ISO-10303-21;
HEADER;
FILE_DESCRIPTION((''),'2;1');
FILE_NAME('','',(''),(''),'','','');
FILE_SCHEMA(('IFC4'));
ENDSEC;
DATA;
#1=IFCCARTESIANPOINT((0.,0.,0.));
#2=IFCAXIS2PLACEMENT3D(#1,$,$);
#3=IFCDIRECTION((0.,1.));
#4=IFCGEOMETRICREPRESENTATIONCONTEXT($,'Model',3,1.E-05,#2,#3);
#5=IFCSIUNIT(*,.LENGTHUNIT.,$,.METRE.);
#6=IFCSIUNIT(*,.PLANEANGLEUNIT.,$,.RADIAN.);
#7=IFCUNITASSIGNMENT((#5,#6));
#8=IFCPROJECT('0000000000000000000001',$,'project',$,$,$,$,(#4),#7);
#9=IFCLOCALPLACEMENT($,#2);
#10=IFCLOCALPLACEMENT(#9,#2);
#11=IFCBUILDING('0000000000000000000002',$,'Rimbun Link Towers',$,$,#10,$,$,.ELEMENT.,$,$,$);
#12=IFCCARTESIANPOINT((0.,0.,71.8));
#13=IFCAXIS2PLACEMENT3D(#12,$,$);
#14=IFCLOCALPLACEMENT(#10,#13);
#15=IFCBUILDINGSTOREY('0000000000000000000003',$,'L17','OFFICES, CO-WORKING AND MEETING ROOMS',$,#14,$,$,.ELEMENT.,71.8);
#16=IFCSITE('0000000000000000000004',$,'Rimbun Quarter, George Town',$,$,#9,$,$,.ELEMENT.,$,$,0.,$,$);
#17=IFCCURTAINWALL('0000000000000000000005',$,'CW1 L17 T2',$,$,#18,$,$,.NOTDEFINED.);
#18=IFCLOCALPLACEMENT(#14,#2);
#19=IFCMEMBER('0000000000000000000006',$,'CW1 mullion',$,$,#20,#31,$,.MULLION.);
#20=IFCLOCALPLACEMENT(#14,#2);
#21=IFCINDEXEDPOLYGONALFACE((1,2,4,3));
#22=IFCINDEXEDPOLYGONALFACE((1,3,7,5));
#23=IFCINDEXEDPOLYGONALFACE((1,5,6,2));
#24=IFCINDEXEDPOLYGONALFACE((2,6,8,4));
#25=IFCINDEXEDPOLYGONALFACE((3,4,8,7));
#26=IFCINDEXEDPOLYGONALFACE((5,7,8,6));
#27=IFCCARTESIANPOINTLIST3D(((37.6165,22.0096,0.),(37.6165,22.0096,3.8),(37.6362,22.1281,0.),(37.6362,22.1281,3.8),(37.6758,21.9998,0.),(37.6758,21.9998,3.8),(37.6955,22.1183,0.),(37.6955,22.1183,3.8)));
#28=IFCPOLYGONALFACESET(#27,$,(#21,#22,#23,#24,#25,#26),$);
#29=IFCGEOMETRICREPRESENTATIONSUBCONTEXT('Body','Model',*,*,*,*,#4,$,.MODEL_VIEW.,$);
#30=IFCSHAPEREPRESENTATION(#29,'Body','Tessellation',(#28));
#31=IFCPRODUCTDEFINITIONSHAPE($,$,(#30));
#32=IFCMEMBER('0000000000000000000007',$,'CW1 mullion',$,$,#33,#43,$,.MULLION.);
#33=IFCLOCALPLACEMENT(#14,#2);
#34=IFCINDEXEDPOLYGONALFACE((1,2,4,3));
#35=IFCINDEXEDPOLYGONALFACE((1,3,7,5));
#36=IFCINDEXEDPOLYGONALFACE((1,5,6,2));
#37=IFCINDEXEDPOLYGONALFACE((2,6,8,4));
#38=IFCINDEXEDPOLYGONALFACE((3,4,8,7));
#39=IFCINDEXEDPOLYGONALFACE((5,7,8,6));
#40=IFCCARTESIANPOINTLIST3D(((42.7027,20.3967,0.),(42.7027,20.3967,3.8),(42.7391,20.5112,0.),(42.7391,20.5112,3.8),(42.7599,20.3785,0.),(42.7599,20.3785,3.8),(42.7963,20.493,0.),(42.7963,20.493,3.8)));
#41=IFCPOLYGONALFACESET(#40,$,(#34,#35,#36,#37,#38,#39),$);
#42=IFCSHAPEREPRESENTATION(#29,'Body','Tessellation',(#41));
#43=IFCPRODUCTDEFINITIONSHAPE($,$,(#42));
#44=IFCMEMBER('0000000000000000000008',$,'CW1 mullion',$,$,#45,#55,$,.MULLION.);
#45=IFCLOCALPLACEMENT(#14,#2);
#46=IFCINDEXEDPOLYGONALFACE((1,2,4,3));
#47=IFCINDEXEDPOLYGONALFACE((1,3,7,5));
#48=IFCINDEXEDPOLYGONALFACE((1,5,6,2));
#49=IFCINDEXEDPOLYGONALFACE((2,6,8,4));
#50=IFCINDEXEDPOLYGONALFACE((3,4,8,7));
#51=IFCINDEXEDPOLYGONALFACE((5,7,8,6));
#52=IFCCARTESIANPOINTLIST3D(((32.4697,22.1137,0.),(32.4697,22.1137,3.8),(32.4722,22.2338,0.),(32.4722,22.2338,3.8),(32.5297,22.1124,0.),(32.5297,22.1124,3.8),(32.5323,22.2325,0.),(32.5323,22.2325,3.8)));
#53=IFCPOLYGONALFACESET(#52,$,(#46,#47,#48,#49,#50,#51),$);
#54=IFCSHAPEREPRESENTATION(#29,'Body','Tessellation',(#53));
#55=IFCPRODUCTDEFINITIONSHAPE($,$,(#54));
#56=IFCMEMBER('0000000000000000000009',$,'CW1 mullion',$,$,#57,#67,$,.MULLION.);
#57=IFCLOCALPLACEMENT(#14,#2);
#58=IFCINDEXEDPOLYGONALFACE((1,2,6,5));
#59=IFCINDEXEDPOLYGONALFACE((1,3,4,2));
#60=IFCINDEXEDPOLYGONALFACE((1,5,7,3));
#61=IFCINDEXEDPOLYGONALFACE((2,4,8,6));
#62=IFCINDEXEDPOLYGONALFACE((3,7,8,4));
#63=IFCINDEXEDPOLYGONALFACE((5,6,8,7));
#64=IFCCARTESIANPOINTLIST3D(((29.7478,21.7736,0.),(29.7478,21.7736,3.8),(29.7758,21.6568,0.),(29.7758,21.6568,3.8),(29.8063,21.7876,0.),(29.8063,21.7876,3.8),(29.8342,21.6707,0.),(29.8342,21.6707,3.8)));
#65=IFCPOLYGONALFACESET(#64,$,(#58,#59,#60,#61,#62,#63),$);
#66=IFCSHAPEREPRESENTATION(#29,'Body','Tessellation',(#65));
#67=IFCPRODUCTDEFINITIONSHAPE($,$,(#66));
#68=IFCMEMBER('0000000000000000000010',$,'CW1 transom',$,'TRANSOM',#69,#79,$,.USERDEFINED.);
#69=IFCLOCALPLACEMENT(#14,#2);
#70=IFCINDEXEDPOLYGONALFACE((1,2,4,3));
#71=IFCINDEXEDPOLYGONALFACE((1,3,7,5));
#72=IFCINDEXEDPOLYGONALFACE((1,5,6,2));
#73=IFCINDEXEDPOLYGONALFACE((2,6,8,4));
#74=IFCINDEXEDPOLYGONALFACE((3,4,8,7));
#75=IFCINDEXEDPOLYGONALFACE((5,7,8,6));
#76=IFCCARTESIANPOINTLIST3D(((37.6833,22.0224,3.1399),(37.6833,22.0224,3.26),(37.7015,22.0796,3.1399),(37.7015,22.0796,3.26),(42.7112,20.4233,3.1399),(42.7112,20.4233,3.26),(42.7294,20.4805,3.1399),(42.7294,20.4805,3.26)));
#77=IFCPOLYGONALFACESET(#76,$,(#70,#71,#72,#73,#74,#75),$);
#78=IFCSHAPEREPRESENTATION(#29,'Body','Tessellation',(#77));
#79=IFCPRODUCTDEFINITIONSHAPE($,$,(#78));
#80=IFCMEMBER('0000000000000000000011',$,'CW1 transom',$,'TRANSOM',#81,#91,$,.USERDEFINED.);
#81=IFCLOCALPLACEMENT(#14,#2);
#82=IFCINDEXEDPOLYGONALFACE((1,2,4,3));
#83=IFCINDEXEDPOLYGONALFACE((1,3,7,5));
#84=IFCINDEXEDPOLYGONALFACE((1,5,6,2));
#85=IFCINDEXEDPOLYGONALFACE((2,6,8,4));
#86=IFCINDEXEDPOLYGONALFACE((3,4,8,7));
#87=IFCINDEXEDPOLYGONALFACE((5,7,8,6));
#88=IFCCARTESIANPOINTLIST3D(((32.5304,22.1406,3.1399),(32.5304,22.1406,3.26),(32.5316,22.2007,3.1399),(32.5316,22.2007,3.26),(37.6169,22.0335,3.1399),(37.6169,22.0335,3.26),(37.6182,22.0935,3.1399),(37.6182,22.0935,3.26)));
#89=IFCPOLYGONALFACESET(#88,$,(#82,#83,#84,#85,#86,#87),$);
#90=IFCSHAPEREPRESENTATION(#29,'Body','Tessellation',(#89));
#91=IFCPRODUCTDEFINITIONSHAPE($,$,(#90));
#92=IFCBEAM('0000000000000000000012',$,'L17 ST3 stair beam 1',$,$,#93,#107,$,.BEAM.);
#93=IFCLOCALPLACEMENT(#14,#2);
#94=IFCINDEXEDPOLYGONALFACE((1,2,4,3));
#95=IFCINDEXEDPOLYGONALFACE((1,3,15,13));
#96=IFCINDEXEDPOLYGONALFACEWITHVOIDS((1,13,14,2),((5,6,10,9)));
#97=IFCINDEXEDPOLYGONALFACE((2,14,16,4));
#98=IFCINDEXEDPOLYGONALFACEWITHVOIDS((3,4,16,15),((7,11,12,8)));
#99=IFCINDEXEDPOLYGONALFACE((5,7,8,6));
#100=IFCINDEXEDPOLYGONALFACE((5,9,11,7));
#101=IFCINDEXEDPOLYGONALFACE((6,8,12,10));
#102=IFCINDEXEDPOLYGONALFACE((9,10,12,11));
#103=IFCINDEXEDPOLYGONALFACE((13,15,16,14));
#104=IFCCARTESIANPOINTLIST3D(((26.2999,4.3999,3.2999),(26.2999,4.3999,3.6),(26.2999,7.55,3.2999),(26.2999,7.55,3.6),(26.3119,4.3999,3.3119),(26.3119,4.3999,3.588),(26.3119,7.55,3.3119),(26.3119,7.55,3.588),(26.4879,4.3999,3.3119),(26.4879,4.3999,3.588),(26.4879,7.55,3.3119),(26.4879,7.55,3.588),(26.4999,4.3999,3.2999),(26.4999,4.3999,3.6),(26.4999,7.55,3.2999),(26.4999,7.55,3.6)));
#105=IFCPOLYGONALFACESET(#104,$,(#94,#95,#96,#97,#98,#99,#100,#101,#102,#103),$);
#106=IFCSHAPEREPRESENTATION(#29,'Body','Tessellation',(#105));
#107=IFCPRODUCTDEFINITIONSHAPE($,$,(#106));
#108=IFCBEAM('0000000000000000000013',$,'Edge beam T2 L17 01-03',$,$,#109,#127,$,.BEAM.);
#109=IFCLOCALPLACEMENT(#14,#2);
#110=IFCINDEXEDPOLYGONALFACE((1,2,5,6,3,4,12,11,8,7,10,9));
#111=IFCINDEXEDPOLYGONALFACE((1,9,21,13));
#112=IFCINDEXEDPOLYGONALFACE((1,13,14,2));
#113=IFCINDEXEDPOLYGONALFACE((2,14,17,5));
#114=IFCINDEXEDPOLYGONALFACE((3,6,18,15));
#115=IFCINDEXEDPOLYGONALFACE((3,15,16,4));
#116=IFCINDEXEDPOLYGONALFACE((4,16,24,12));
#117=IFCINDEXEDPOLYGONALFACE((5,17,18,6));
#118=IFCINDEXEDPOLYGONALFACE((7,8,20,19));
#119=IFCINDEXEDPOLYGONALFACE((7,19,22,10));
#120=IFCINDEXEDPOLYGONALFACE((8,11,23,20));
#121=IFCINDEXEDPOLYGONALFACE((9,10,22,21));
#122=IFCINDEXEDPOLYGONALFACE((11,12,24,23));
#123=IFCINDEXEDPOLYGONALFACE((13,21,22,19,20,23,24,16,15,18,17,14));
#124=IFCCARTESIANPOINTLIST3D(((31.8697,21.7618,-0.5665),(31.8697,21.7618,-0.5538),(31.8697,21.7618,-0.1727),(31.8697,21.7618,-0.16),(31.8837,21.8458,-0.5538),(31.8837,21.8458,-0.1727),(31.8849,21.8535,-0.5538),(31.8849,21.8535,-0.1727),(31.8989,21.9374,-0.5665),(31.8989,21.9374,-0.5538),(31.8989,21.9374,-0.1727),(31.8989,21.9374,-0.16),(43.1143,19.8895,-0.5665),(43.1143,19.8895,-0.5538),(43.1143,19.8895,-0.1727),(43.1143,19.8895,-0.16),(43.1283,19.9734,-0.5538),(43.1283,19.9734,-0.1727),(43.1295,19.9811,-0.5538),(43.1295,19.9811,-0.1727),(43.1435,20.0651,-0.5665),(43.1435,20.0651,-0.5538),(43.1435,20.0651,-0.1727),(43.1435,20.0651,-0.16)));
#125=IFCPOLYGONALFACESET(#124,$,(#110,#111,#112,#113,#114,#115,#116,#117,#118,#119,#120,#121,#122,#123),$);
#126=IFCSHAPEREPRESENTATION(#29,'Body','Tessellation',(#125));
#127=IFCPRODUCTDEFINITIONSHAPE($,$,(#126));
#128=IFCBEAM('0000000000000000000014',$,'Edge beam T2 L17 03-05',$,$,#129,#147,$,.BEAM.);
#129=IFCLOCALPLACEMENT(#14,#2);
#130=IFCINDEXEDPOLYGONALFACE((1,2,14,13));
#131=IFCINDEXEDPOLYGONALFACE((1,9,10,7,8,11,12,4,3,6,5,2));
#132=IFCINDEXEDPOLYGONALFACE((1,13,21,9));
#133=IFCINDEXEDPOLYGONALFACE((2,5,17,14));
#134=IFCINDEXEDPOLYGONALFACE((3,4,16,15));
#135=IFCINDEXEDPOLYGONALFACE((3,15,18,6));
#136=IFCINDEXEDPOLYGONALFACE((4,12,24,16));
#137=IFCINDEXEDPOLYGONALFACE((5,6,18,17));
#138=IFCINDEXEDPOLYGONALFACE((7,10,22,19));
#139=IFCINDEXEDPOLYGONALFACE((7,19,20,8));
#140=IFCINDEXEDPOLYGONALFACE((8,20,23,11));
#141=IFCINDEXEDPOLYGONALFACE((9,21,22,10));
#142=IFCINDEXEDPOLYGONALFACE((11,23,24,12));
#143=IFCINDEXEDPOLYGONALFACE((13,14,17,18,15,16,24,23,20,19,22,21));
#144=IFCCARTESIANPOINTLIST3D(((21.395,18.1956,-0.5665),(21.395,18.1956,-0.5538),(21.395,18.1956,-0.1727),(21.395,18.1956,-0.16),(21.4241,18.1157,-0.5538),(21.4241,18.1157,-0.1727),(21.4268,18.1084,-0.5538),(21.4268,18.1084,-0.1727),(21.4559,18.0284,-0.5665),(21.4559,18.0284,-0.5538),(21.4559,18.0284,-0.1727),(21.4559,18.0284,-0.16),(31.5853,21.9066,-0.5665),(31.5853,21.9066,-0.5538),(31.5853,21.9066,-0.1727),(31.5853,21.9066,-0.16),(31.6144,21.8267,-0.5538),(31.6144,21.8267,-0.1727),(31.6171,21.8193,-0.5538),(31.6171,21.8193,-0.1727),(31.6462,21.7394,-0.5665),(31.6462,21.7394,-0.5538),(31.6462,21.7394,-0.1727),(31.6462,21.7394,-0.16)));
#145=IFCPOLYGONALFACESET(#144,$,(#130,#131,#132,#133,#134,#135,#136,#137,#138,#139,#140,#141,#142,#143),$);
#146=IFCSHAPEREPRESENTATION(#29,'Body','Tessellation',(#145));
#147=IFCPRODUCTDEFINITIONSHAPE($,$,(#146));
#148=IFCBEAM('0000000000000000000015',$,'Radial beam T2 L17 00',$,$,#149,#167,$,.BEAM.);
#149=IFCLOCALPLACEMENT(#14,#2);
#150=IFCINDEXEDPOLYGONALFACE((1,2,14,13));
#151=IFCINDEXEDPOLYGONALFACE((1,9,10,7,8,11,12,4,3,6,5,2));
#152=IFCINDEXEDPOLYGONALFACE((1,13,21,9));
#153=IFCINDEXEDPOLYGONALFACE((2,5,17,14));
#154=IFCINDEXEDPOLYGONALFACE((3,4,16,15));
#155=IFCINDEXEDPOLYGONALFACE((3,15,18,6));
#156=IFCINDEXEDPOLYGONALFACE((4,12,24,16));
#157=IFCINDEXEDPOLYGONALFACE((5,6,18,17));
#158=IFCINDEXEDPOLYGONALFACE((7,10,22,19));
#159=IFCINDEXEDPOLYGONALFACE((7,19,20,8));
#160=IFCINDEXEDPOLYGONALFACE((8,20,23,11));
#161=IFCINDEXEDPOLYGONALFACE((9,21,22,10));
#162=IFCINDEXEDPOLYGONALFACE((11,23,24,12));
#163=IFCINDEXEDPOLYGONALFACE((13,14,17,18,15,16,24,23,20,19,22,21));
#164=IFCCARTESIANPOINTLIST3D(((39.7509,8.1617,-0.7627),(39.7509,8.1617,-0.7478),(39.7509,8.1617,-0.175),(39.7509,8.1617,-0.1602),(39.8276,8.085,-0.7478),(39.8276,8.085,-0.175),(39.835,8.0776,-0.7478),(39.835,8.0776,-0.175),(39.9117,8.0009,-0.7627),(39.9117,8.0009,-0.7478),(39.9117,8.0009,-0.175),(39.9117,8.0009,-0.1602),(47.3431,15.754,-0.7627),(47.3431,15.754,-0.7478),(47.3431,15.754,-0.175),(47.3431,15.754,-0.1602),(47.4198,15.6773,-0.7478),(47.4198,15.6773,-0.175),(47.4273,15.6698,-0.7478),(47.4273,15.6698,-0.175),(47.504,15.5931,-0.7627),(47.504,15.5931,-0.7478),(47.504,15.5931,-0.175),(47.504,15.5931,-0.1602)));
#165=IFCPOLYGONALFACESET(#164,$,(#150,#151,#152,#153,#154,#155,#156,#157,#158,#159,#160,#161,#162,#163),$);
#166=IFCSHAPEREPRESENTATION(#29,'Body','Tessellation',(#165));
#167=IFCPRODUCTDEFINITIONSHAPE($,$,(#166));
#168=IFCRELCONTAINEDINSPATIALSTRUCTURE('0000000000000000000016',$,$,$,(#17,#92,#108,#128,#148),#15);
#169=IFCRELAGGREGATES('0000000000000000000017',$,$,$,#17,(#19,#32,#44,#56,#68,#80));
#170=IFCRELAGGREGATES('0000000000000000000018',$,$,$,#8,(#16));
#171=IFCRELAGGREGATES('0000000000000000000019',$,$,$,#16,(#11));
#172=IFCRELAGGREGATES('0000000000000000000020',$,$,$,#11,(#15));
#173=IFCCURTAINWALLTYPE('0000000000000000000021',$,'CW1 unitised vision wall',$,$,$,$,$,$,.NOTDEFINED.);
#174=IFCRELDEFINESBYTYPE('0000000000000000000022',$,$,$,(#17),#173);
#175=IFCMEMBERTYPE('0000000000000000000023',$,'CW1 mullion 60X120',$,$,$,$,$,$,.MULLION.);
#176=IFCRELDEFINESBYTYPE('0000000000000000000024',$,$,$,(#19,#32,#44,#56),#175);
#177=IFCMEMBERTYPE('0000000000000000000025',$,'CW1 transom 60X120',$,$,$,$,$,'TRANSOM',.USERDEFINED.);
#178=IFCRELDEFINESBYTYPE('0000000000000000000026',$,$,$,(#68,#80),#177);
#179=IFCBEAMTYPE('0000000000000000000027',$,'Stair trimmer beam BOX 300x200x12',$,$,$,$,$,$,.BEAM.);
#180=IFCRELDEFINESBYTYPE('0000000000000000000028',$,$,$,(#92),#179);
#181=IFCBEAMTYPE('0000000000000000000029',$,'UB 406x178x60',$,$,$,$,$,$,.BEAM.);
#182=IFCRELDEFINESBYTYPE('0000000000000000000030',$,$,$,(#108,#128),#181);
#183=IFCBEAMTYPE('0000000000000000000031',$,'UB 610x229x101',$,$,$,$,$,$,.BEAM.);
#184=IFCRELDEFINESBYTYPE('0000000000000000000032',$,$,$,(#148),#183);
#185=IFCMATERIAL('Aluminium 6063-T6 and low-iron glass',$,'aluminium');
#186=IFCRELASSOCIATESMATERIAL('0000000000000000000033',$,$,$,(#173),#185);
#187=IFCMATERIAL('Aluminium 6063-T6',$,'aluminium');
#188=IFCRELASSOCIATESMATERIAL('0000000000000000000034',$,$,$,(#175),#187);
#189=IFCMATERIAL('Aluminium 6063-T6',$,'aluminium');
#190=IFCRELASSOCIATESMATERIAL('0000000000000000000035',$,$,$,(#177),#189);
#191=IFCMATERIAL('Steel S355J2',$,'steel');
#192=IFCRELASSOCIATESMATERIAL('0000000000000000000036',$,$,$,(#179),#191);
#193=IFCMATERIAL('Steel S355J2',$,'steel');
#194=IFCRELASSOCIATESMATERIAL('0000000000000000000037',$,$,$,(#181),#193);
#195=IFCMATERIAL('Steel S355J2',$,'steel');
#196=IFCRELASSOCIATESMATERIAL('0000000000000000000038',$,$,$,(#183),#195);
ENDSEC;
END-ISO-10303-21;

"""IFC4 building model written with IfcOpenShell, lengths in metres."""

from ifc_helpers import new_model, si_unit, direction, frame, origin, origin_2d, place, context, subcontext, project, spatial, rectangle, hollow_rectangle, i_section, extrude, material, material_profile, profile_set, type_object, element, aggregate, save


model = new_model("IFC4")

# Units and contexts
model_context = context("Model", 3, precision=1e-05, world=origin(), true_north=direction((0.0, 1.0)))
body_context = subcontext(model_context, "Body", "Model", "MODEL_VIEW")
ifc_project = project(units=[si_unit("LENGTHUNIT", "METRE"), si_unit("PLANEANGLEUNIT", "RADIAN")], contexts=[model_context])

# Site, building, storey
site_placement = place(None, origin())
site = spatial("IfcSite", under=ifc_project, at=site_placement, Name="Rimbun Quarter, George Town", CompositionType="ELEMENT", RefElevation=0.0)
building_placement = place(site_placement, origin())
building = spatial("IfcBuilding", under=site, at=building_placement, Name="Rimbun Link Towers", CompositionType="ELEMENT")
storey_placement = place(building_placement, frame((0.0, 0.0, 71.8)))
storey = spatial("IfcBuildingStorey", under=building, at=storey_placement, Name="L17", Description="OFFICES, CO-WORKING AND MEETING ROOMS", CompositionType="ELEMENT", Elevation=71.8)

# Curtain wall, members
ifc_material_1 = material(Name="Aluminium 6063-T6 and low-iron glass", Category="aluminium")
curtain_wall_type = type_object("IfcCurtainWallType", Name="CW1 unitised vision wall", PredefinedType="NOTDEFINED", material=ifc_material_1)
curtain_wall_placement = place(storey_placement, origin())
curtain_wall = element("IfcCurtainWall", 1, at=curtain_wall_placement, inside=storey, type_object=curtain_wall_type, Name="CW1 L17 T2", PredefinedType="NOTDEFINED")
ifc_material_2 = material(Name="Aluminium 6063-T6", Category="aluminium")
ifc_material_profile_1 = material_profile(ifc_material_2, rectangle(XDim=0.1201, YDim=0.0601, at=origin_2d()), Name="MULLION 60X120")
ifc_profile_set_1 = profile_set([ifc_material_profile_1], Name="Aluminium 6063-T6")
member_type_1 = type_object("IfcMemberType", Name="CW1 mullion 60X120", PredefinedType="MULLION", material=ifc_profile_set_1)
member_1_placement = place(storey_placement, frame((37.656, 22.064, 0.0), z_axis=(0.0, 0.0, 1.0), x_axis=(0.163744, 0.986503, 0.0)))
member_1 = element("IfcMember", 2, at=member_1_placement, type_object=member_type_1, Name="CW1 mullion", PredefinedType="MULLION", context=body_context, shape_type="SweptSolid", body=[
    extrude(rectangle(XDim=0.1201, YDim=0.0601, at=origin_2d()), origin(), (0.0, 0.0, 1.0), 3.8),
])
member_2_placement = place(storey_placement, frame((42.7495, 20.4448, 0.0), z_axis=(0.0, 0.0, 1.0), x_axis=(0.303066, 0.95297, 0.0)))
member_2 = element("IfcMember", 3, at=member_2_placement, type_object=member_type_1, Name="CW1 mullion", PredefinedType="MULLION", context=body_context, shape_type="SweptSolid", body=[
    extrude(rectangle(XDim=0.1201, YDim=0.0601, at=origin_2d()), origin(), (0.0, 0.0, 1.0), 3.8),
])
member_3_placement = place(storey_placement, frame((32.501, 22.1731, 0.0), z_axis=(0.0, 0.0, 1.0), x_axis=(0.02106, 0.999778, 0.0)))
member_3 = element("IfcMember", 4, at=member_3_placement, type_object=member_type_1, Name="CW1 mullion", PredefinedType="MULLION", context=body_context, shape_type="SweptSolid", body=[
    extrude(rectangle(XDim=0.1201, YDim=0.0601, at=origin_2d()), origin(), (0.0, 0.0, 1.0), 3.8),
])
member_4_placement = place(storey_placement, frame((29.791, 21.7222, 0.0), z_axis=(0.0, 0.0, 1.0), x_axis=(-0.232601, 0.972572, 0.0)))
member_4 = element("IfcMember", 5, at=member_4_placement, type_object=member_type_1, Name="CW1 mullion", PredefinedType="MULLION", context=body_context, shape_type="SweptSolid", body=[
    extrude(rectangle(XDim=0.1201, YDim=0.0601, at=origin_2d()), origin(), (0.0, 0.0, 1.0), 3.8),
])
ifc_material_3 = material(Name="Aluminium 6063-T6", Category="aluminium")
ifc_material_profile_2 = material_profile(ifc_material_3, rectangle(XDim=0.0601, YDim=0.1201, at=origin_2d()), Name="TRANSOM 60X120")
ifc_profile_set_2 = profile_set([ifc_material_profile_2], Name="Aluminium 6063-T6")
member_type_2 = type_object("IfcMemberType", Name="CW1 transom 60X120", ElementType="TRANSOM", PredefinedType="USERDEFINED", material=ifc_profile_set_2)
member_5_placement = place(storey_placement, frame((37.6924, 22.051, 3.2), z_axis=(0.952961, -0.303093, 0.0), x_axis=(0.303093, 0.952961, 0.0)))
member_5 = element("IfcMember", 6, at=member_5_placement, type_object=member_type_2, Name="CW1 transom", ObjectType="TRANSOM", PredefinedType="USERDEFINED", context=body_context, shape_type="SweptSolid", body=[
    extrude(rectangle(XDim=0.0601, YDim=0.1201, at=origin_2d()), origin(), (0.0, 0.0, 1.0), 5.2761),
])
member_6_placement = place(storey_placement, frame((32.531, 22.1707, 3.2), z_axis=(0.999778, -0.021067, 0.0), x_axis=(0.021067, 0.999778, 0.0)))
member_6 = element("IfcMember", 7, at=member_6_placement, type_object=member_type_2, Name="CW1 transom", ObjectType="TRANSOM", PredefinedType="USERDEFINED", context=body_context, shape_type="SweptSolid", body=[
    extrude(rectangle(XDim=0.0601, YDim=0.1201, at=origin_2d()), origin(), (0.0, 0.0, 1.0), 5.0876),
])

# Beams
ifc_material_4 = material(Name="Steel S355J2", Category="steel")
ifc_material_profile_3 = material_profile(ifc_material_4, hollow_rectangle(XDim=0.2, YDim=0.3, WallThickness=0.012, at=origin_2d()), Name="BOX 300x200x12")
ifc_profile_set_3 = profile_set([ifc_material_profile_3], Name="Steel S355J2")
beam_type_1 = type_object("IfcBeamType", Name="Stair trimmer beam BOX 300x200x12", PredefinedType="BEAM", material=ifc_profile_set_3)
beam_1_placement = place(storey_placement, frame((26.3999, 7.55, 3.45), z_axis=(0.0, -1.0, 0.0), x_axis=(1.0, 0.0, 0.0)))
element("IfcBeam", 8, at=beam_1_placement, inside=storey, type_object=beam_type_1, Name="L17 ST3 stair beam 1", PredefinedType="BEAM", context=body_context, shape_type="SweptSolid", body=[
    extrude(hollow_rectangle(XDim=0.2, YDim=0.3, WallThickness=0.012, at=origin_2d()), origin(), (0.0, 0.0, 1.0), 3.1501),
])
ifc_material_5 = material(Name="Steel S355J2", Category="steel")
ifc_material_profile_4 = material_profile(ifc_material_5, i_section(OverallWidth=0.178, OverallDepth=0.4065, WebThickness=0.0078, FlangeThickness=0.0127, at=origin_2d()), Name="UB 406x178x60")
ifc_profile_set_4 = profile_set([ifc_material_profile_4], Name="Steel S355J2")
beam_type_2 = type_object("IfcBeamType", Name="UB 406x178x60", PredefinedType="BEAM", material=ifc_profile_set_4)
beam_2_placement = place(storey_placement, frame((43.1289, 19.9773, -0.3633), z_axis=(-0.986419, 0.164246, 0.0), x_axis=(-0.164246, -0.986419, 0.0)))
element("IfcBeam", 9, at=beam_2_placement, inside=storey, type_object=beam_type_2, Name="Edge beam T2 L17 01-03", PredefinedType="BEAM", context=body_context, shape_type="SweptSolid", body=[
    extrude(i_section(OverallWidth=0.178, OverallDepth=0.4065, WebThickness=0.0078, FlangeThickness=0.0127, at=origin_2d()), origin(), (0.0, 0.0, 1.0), 11.3994),
])
beam_3_placement = place(storey_placement, frame((31.6157, 21.823, -0.3633), z_axis=(-0.939633, -0.342184, 0.0), x_axis=(0.342184, -0.939633, 0.0)))
element("IfcBeam", 10, at=beam_3_placement, inside=storey, type_object=beam_type_2, Name="Edge beam T2 L17 03-05", PredefinedType="BEAM", context=body_context, shape_type="SweptSolid", body=[
    extrude(i_section(OverallWidth=0.178, OverallDepth=0.4065, WebThickness=0.0078, FlangeThickness=0.0127, at=origin_2d()), origin(), (0.0, 0.0, 1.0), 10.845),
])
ifc_material_6 = material(Name="Steel S355J2", Category="steel")
ifc_material_profile_5 = material_profile(ifc_material_6, i_section(OverallWidth=0.2275, OverallDepth=0.6025, WebThickness=0.0105, FlangeThickness=0.0149, at=origin_2d()), Name="UB 610x229x101")
ifc_profile_set_5 = profile_set([ifc_material_profile_5], Name="Steel S355J2")
beam_type_3 = type_object("IfcBeamType", Name="UB 610x229x101", PredefinedType="BEAM", material=ifc_profile_set_5)
beam_4_placement = place(storey_placement, frame((39.8313, 8.0813, -0.4614), z_axis=(0.707107, 0.707107, 0.0), x_axis=(-0.707107, 0.707107, 0.0)))
element("IfcBeam", 11, at=beam_4_placement, inside=storey, type_object=beam_type_3, Name="Radial beam T2 L17 00", PredefinedType="BEAM", context=body_context, shape_type="SweptSolid", body=[
    extrude(i_section(OverallWidth=0.2275, OverallDepth=0.6025, WebThickness=0.0105, FlangeThickness=0.0149, at=origin_2d()), origin(), (0.0, 0.0, 1.0), 10.7371),
])

aggregate(curtain_wall, [member_1, member_2, member_3, member_4, member_5, member_6])

save(model, "model.ifc")
